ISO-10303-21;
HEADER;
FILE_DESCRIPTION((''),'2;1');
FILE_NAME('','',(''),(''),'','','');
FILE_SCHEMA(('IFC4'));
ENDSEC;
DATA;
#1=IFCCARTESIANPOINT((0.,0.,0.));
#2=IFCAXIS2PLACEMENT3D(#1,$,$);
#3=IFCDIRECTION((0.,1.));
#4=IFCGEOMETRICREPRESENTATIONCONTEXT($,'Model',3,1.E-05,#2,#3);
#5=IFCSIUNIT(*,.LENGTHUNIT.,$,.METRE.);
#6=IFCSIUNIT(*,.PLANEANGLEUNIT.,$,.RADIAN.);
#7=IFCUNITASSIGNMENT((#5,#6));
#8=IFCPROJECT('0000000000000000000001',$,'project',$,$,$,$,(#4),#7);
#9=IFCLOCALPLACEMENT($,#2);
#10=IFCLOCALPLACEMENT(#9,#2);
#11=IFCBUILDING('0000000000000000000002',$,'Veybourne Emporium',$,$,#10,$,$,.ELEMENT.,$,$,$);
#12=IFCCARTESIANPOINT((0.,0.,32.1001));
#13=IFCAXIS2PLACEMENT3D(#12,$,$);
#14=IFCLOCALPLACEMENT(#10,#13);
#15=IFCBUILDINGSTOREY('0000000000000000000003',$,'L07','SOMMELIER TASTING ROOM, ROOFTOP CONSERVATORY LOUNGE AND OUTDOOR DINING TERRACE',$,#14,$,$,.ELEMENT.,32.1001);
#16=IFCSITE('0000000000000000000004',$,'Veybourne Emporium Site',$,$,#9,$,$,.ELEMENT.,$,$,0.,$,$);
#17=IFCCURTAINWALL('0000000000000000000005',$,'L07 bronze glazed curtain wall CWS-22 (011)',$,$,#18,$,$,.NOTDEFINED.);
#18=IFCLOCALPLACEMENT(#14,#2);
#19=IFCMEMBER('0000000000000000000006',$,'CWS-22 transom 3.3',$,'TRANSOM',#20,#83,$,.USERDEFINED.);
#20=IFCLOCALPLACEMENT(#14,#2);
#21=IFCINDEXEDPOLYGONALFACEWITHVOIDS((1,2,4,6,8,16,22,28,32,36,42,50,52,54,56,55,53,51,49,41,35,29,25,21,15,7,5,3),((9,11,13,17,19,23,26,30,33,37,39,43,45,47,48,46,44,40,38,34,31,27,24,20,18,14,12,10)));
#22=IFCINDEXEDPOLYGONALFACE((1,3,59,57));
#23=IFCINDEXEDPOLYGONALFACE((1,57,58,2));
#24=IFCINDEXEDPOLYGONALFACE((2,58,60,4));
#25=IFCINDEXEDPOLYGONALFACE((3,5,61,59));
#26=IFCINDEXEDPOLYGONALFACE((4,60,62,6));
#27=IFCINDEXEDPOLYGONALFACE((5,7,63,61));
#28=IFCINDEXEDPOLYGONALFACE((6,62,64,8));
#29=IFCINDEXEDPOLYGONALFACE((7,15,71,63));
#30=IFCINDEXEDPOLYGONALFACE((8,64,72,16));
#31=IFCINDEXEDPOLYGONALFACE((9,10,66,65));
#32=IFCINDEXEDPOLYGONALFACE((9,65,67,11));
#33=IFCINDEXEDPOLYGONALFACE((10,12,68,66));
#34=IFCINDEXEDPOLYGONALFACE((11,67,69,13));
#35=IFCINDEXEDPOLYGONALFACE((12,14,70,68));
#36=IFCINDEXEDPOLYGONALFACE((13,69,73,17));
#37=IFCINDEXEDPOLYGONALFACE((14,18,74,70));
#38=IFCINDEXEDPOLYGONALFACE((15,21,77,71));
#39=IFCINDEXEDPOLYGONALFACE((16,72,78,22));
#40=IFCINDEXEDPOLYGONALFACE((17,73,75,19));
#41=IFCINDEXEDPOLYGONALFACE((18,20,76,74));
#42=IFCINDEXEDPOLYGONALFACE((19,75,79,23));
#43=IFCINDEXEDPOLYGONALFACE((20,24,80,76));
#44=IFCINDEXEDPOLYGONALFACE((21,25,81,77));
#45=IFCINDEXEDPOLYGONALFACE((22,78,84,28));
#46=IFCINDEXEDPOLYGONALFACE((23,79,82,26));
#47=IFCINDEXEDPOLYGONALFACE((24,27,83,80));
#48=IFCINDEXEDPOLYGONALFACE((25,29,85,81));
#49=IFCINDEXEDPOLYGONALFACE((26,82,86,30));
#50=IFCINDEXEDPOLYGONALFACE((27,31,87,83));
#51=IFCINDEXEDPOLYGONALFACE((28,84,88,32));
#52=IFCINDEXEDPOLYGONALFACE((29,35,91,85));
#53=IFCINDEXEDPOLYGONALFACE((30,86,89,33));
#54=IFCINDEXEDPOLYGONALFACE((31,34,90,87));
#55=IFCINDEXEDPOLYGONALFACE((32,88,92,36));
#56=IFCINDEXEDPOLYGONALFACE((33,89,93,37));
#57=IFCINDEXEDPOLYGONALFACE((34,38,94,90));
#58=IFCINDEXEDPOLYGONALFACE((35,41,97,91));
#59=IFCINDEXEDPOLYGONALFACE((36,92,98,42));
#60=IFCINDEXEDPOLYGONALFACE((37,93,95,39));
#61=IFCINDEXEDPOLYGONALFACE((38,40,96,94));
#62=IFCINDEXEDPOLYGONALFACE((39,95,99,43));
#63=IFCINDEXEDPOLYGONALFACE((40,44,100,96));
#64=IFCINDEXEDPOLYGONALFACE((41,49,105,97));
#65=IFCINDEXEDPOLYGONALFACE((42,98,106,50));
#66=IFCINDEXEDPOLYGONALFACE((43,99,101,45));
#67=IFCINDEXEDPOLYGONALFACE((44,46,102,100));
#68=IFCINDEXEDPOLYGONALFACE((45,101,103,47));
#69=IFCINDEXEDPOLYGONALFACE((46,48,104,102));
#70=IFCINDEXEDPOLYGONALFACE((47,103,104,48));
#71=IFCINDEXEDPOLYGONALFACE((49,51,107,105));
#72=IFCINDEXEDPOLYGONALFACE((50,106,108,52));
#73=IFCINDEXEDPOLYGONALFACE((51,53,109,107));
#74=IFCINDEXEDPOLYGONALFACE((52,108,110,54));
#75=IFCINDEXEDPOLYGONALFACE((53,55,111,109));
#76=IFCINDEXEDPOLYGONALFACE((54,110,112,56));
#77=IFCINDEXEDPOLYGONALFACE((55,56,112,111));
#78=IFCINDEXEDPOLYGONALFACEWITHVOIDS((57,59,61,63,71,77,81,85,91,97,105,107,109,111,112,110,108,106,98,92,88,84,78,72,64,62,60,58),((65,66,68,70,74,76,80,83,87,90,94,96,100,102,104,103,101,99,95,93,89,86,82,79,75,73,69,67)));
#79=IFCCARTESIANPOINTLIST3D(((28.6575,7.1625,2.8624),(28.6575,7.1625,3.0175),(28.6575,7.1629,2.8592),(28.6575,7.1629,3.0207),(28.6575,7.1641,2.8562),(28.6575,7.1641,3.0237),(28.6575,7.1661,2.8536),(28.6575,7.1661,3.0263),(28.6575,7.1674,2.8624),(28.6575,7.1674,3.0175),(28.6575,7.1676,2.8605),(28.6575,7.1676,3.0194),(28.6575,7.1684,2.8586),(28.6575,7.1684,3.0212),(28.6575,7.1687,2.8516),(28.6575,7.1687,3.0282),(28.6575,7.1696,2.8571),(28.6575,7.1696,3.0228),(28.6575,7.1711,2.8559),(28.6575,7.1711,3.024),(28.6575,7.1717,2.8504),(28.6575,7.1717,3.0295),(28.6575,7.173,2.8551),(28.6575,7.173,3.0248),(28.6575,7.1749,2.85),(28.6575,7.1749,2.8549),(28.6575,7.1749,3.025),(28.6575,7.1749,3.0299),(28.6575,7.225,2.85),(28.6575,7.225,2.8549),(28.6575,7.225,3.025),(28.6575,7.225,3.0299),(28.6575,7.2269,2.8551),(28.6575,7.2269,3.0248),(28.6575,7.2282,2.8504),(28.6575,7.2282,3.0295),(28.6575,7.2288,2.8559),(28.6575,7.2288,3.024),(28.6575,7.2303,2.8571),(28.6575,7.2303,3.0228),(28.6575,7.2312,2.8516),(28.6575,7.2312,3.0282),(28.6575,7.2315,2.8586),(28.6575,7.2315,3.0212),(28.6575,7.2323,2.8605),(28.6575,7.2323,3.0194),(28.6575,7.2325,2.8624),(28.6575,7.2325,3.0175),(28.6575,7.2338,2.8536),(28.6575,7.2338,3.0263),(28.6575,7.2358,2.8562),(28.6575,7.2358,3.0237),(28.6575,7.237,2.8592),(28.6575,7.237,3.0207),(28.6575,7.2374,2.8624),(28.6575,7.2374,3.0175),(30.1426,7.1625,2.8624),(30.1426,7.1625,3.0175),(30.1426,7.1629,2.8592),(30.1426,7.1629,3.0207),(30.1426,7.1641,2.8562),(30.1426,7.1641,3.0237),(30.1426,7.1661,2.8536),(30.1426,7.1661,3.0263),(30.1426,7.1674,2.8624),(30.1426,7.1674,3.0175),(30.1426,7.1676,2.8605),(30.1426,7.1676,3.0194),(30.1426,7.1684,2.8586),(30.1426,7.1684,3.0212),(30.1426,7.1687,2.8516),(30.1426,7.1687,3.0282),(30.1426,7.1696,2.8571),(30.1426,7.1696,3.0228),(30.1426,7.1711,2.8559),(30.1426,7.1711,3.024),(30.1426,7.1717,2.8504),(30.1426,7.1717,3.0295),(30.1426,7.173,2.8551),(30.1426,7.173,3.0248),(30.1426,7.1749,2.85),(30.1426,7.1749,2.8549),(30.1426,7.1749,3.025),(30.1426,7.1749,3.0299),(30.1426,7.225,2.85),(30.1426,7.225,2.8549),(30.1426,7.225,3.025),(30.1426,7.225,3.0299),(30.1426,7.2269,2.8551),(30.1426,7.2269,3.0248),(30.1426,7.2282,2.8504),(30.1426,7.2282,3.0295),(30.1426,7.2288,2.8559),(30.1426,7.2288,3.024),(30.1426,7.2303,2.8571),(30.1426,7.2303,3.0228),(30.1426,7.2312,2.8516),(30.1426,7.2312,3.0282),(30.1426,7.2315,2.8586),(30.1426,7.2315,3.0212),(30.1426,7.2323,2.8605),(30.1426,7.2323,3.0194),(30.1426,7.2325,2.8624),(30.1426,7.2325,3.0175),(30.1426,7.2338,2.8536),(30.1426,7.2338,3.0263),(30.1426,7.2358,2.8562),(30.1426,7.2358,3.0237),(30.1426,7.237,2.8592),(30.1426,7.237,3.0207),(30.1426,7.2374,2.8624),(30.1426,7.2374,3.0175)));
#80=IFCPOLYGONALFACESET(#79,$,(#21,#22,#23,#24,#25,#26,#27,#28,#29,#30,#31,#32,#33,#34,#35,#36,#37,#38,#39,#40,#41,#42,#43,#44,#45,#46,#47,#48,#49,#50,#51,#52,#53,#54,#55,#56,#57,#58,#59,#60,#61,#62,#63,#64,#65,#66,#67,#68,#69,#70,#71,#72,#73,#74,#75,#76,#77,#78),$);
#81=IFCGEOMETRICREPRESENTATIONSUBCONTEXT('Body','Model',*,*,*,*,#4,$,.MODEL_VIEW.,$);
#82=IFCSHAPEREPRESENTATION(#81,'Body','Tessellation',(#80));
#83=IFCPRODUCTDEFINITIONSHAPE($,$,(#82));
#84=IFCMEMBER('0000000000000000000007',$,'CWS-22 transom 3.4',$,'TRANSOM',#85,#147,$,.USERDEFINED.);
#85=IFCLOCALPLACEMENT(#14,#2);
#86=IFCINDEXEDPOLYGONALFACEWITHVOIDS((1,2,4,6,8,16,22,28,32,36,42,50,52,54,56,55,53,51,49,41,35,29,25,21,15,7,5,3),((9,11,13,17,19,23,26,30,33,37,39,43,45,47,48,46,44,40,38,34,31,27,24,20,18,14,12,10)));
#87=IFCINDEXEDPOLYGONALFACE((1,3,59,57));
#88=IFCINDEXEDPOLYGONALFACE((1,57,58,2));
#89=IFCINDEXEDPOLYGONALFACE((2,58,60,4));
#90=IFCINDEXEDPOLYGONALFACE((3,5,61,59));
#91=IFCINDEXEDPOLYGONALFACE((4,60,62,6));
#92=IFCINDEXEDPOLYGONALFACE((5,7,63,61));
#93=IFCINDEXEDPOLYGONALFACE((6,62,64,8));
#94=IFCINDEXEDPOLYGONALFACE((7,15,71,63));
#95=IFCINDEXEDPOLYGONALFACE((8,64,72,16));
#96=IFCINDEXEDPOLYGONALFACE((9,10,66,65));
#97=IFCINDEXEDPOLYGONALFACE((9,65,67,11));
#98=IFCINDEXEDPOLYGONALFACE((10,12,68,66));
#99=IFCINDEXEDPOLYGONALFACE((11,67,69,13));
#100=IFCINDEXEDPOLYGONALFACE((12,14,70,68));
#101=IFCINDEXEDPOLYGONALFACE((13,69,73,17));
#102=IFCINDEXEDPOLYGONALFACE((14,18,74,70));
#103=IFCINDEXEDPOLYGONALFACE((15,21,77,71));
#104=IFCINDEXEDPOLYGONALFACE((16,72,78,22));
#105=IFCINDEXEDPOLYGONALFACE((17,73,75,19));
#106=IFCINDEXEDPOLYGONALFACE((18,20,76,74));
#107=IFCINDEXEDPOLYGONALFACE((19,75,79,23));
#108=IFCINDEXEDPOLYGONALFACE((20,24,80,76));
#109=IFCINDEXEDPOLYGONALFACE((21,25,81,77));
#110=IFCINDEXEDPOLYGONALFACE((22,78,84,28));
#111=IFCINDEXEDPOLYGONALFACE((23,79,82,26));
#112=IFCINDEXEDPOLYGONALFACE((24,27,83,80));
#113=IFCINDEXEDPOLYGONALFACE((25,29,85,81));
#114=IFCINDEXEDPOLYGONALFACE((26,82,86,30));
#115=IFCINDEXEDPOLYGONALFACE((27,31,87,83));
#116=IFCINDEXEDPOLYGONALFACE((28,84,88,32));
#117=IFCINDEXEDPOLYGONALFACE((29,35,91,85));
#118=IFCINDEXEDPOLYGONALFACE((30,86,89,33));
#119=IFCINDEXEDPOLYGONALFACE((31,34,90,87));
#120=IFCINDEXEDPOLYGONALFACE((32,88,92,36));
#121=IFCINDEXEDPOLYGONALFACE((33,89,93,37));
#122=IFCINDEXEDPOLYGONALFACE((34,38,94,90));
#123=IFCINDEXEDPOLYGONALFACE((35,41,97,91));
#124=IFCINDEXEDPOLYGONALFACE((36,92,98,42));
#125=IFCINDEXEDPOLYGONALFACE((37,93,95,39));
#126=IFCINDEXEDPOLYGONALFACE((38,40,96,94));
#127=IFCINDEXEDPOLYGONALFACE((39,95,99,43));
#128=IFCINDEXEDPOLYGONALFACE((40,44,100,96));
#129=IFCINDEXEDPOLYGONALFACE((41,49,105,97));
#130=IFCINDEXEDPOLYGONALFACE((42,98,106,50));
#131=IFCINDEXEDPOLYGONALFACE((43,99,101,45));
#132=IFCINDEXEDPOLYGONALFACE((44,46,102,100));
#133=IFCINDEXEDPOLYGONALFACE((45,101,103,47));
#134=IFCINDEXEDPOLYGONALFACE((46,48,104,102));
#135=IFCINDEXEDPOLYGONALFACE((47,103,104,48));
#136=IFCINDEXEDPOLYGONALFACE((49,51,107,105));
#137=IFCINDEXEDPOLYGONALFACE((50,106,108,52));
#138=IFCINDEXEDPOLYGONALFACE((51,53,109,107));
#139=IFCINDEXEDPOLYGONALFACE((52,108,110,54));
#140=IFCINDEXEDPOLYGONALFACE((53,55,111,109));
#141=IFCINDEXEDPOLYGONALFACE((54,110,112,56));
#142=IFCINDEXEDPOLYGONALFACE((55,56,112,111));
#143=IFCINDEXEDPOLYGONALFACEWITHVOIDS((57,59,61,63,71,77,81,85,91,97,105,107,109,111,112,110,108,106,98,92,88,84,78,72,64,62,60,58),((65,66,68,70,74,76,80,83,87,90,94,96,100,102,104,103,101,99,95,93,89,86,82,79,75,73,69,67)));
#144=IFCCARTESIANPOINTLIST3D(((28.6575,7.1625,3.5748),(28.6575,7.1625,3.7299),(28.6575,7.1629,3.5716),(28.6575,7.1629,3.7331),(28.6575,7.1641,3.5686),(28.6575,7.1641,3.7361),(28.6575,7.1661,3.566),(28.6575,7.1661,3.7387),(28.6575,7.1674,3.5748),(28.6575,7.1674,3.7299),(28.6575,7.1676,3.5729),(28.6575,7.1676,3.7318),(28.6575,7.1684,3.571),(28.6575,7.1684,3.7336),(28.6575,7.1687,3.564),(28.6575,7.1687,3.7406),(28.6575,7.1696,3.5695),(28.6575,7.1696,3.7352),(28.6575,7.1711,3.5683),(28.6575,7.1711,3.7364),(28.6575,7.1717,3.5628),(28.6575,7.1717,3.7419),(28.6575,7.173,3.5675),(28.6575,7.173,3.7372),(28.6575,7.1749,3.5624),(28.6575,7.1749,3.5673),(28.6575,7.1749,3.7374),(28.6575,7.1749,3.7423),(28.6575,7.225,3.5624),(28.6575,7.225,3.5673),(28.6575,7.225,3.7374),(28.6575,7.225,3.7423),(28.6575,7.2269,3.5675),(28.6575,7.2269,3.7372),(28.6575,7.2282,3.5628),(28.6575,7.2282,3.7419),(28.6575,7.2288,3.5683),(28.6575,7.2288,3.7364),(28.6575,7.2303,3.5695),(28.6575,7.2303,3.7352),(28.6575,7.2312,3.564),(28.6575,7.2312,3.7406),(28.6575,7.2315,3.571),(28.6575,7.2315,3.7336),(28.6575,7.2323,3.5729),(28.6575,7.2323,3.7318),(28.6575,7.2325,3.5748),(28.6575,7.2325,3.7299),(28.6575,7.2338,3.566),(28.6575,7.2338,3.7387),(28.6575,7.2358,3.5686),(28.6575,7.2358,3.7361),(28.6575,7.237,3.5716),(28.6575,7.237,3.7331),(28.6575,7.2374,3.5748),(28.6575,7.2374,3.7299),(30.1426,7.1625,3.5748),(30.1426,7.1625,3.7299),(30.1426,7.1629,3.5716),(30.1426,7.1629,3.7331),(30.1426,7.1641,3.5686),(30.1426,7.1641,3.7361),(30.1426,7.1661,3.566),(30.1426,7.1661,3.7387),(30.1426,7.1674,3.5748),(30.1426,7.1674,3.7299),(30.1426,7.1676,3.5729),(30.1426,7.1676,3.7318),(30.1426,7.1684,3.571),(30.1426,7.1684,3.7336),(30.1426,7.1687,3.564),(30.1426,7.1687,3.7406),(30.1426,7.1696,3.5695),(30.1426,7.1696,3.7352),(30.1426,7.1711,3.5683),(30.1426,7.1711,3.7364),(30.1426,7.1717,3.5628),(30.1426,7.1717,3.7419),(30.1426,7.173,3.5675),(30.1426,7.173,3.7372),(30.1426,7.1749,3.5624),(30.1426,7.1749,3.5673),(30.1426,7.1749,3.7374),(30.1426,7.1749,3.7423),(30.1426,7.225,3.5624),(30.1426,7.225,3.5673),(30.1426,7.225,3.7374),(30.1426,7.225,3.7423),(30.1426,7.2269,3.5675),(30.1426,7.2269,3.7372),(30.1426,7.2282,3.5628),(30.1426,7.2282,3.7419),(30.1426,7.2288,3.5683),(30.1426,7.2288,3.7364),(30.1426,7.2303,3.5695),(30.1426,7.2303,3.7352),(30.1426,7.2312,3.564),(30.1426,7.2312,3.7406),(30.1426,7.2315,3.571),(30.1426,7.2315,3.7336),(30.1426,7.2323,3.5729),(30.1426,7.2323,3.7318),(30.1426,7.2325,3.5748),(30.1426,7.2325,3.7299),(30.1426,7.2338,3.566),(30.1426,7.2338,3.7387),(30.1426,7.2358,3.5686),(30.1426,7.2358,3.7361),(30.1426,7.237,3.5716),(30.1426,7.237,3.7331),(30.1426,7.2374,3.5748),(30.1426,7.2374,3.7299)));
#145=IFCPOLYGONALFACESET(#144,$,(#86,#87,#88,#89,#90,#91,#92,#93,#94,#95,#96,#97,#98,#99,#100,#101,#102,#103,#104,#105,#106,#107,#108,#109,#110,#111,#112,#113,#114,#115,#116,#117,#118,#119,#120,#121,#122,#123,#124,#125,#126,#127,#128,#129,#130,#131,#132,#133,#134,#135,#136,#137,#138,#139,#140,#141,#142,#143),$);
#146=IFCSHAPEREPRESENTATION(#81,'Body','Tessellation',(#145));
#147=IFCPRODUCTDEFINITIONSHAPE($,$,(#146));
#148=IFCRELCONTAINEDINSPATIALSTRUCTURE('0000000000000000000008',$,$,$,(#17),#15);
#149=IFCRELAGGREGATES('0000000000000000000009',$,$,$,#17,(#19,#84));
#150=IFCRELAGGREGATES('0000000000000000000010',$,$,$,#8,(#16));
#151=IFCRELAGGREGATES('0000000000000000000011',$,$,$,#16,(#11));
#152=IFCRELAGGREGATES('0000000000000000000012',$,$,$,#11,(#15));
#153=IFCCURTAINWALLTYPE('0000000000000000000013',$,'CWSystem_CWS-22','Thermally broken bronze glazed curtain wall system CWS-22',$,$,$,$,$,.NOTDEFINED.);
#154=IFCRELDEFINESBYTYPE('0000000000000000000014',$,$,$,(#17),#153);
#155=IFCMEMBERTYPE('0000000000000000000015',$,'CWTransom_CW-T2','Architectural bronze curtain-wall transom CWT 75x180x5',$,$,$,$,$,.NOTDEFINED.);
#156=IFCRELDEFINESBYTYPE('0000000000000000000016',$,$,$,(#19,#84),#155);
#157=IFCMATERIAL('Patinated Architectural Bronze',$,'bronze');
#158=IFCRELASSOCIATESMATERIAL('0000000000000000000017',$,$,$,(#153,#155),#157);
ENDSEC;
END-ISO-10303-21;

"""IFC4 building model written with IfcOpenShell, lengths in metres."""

from ifc_helpers import new_model, si_unit, direction, frame, origin, origin_2d, place, context, subcontext, project, spatial, hollow_rectangle, extrude, material, material_profile, profile_set, type_object, element, aggregate, save


model = new_model("IFC4")

# Units and contexts
model_context = context("Model", 3, precision=1e-05, world=origin(), true_north=direction((0.0, 1.0)))
body_context = subcontext(model_context, "Body", "Model", "MODEL_VIEW")
ifc_project = project(units=[si_unit("LENGTHUNIT", "METRE"), si_unit("PLANEANGLEUNIT", "RADIAN")], contexts=[model_context])

# Site, building, storey
site_placement = place(None, origin())
site = spatial("IfcSite", under=ifc_project, at=site_placement, Name="Veybourne Emporium Site", CompositionType="ELEMENT", RefElevation=0.0)
building_placement = place(site_placement, origin())
building = spatial("IfcBuilding", under=site, at=building_placement, Name="Veybourne Emporium", CompositionType="ELEMENT")
storey_placement = place(building_placement, frame((0.0, 0.0, 32.1001)))
storey = spatial("IfcBuildingStorey", under=building, at=storey_placement, Name="L07", Description="SOMMELIER TASTING ROOM, ROOFTOP CONSERVATORY LOUNGE AND OUTDOOR DINING TERRACE", CompositionType="ELEMENT", Elevation=32.1001)

# Curtain wall, members
ifc_material_1 = material(Name="Patinated Architectural Bronze", Category="bronze")
curtain_wall_type = type_object("IfcCurtainWallType", Name="CWSystem_CWS-22", Description="Thermally broken bronze glazed curtain wall system CWS-22", PredefinedType="NOTDEFINED", material=ifc_material_1)
curtain_wall_placement = place(storey_placement, origin())
curtain_wall = element("IfcCurtainWall", 1, at=curtain_wall_placement, inside=storey, type_object=curtain_wall_type, Name="L07 bronze glazed curtain wall CWS-22 (011)", PredefinedType="NOTDEFINED")
ifc_material_profile_1 = material_profile(ifc_material_1, hollow_rectangle(XDim=0.075, YDim=0.1799, WallThickness=0.0049, InnerFilletRadius=0.0076, OuterFilletRadius=0.0125, at=origin_2d()), Name="CWT 75x180x5")
ifc_profile_set_1 = profile_set([ifc_material_profile_1], Name="Patinated Architectural Bronze")
member_type_1 = type_object("IfcMemberType", Name="CWTransom_CW-T2", Description="Architectural bronze curtain-wall transom CWT 75x180x5", PredefinedType="NOTDEFINED", material=ifc_profile_set_1)
member_1_placement = place(storey_placement, frame((30.1426, 7.2, 2.9399), z_axis=(-1.0, 0.0, 0.0), x_axis=(0.0, -1.0, 0.0)))
member_1 = element("IfcMember", 2, at=member_1_placement, type_object=member_type_1, Name="CWS-22 transom 3.3", ObjectType="TRANSOM", PredefinedType="USERDEFINED", context=body_context, shape_type="SweptSolid", body=[
    extrude(hollow_rectangle(XDim=0.075, YDim=0.1799, WallThickness=0.0049, InnerFilletRadius=0.0076, OuterFilletRadius=0.0125, at=origin_2d()), origin(), (0.0, 0.0, 1.0), 1.4851),
])
member_2_placement = place(storey_placement, frame((30.1426, 7.2, 3.6523), z_axis=(-1.0, 0.0, 0.0), x_axis=(0.0, -1.0, 0.0)))
member_2 = element("IfcMember", 3, at=member_2_placement, type_object=member_type_1, Name="CWS-22 transom 3.4", ObjectType="TRANSOM", PredefinedType="USERDEFINED", context=body_context, shape_type="SweptSolid", body=[
    extrude(hollow_rectangle(XDim=0.075, YDim=0.1799, WallThickness=0.0049, InnerFilletRadius=0.0076, OuterFilletRadius=0.0125, at=origin_2d()), origin(), (0.0, 0.0, 1.0), 1.4851),
])

aggregate(curtain_wall, [member_1, member_2])

save(model, "model.ifc")
